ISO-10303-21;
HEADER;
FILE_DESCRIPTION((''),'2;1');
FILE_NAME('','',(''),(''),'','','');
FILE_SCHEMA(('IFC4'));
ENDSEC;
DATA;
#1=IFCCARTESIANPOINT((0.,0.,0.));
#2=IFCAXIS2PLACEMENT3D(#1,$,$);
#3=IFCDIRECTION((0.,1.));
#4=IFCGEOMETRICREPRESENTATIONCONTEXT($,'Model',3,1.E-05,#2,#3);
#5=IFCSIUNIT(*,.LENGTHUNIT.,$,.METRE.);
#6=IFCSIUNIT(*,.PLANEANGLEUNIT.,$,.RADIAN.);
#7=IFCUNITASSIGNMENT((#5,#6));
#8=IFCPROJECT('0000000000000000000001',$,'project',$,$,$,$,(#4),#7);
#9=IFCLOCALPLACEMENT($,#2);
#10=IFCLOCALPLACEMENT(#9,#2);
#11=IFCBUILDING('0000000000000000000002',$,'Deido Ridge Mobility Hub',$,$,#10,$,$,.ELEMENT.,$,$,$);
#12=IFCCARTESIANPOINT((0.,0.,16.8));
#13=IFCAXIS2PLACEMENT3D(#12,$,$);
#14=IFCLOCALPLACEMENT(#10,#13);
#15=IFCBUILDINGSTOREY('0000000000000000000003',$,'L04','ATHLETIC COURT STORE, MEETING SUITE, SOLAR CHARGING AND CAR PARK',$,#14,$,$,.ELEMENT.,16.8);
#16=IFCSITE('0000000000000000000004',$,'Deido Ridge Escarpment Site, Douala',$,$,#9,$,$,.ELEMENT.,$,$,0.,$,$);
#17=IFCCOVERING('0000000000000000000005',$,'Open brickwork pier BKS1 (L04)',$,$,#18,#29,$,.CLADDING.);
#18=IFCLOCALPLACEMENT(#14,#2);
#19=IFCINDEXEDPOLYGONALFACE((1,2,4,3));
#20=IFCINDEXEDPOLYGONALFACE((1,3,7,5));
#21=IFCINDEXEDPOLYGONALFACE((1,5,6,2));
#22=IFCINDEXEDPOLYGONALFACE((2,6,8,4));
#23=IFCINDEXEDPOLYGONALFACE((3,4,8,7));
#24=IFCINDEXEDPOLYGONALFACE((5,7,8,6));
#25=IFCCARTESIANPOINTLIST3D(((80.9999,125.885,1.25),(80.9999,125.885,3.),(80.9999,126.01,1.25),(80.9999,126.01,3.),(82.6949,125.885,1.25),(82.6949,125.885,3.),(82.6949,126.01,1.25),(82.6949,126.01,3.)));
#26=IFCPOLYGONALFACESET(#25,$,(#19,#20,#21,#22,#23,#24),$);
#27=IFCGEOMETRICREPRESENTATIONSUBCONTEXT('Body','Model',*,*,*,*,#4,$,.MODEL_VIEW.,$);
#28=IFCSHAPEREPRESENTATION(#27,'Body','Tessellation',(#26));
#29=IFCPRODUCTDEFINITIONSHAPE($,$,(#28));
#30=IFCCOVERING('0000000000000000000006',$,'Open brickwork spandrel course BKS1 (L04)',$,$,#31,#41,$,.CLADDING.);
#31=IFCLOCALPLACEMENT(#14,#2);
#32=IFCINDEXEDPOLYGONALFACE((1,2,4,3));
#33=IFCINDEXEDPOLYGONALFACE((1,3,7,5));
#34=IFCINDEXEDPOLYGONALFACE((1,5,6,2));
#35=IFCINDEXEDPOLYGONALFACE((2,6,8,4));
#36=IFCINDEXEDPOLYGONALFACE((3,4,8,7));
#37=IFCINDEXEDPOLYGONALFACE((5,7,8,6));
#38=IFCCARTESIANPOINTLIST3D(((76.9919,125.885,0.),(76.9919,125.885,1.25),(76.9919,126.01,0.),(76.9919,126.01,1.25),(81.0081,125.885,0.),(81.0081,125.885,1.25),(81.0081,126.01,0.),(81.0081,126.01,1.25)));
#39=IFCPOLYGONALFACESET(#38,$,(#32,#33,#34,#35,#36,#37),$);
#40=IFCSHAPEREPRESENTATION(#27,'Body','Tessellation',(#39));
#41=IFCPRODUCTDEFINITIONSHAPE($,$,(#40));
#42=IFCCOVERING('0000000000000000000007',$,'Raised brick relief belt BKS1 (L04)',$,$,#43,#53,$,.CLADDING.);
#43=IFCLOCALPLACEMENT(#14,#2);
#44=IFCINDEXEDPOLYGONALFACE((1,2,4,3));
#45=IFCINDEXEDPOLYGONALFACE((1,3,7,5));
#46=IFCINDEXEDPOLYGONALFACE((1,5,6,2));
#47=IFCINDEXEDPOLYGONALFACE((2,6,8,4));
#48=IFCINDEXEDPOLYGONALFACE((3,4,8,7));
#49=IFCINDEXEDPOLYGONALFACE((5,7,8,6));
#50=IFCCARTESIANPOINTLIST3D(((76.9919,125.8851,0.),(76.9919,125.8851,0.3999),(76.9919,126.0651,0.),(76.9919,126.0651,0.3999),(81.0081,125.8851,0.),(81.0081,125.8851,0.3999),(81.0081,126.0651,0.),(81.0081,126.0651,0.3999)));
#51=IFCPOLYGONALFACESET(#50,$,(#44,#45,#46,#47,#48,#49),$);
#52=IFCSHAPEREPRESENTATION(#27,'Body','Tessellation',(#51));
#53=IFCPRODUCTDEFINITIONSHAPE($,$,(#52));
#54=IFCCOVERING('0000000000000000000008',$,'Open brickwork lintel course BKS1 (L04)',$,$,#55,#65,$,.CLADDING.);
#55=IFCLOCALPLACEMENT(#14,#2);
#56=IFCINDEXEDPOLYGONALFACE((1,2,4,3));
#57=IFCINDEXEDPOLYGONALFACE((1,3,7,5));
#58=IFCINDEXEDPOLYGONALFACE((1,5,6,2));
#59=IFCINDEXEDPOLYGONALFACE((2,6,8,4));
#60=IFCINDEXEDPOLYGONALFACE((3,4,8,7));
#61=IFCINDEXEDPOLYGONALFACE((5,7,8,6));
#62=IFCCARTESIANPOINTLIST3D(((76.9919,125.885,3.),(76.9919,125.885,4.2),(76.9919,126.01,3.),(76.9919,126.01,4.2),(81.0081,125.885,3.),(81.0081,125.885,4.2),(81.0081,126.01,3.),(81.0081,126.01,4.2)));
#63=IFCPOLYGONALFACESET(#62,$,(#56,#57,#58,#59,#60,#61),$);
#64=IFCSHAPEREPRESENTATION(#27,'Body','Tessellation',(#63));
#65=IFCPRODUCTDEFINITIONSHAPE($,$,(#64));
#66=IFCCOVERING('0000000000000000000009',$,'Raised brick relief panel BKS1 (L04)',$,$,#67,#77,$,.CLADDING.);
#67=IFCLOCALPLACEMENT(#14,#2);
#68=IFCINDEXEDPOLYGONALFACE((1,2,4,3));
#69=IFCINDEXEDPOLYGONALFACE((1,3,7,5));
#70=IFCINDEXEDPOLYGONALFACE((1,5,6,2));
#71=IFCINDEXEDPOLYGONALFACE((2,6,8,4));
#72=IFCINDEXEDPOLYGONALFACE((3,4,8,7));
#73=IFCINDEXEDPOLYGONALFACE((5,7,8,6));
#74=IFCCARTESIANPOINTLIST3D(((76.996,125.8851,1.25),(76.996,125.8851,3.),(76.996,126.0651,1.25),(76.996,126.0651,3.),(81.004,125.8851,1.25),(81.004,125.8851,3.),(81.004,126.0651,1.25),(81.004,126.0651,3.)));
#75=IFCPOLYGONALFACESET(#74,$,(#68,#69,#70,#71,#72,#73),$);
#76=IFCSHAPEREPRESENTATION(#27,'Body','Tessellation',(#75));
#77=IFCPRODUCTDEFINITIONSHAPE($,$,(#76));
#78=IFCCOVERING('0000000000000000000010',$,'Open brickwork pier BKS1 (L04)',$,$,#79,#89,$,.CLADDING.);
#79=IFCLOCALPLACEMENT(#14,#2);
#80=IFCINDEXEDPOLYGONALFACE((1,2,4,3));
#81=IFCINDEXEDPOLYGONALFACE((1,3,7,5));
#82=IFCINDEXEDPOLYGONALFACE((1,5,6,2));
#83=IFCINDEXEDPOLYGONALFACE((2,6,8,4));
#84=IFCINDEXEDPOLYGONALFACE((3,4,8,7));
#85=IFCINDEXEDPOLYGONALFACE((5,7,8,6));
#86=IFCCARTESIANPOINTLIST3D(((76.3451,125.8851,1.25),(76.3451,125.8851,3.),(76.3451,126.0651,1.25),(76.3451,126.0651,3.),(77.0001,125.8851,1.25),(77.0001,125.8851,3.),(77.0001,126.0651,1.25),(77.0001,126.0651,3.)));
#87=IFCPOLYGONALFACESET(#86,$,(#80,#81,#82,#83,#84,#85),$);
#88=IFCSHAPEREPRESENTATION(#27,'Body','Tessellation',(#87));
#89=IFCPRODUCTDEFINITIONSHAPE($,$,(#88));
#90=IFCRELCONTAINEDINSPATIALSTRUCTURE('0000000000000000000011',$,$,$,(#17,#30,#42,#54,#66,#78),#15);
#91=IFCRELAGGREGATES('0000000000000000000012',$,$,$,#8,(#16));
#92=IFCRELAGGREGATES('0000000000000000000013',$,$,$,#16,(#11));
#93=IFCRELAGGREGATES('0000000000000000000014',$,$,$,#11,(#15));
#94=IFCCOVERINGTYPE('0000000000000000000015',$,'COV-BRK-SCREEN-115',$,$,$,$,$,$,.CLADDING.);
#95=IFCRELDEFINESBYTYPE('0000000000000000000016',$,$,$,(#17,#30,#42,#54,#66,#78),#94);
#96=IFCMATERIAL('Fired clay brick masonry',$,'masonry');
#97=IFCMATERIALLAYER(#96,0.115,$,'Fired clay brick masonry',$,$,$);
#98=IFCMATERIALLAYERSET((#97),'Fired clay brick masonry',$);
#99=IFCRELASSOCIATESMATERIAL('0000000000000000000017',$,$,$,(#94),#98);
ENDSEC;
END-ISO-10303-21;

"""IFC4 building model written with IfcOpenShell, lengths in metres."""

from ifc_helpers import new_model, si_unit, direction, frame, origin, origin_2d, place, context, subcontext, project, spatial, rectangle, extrude, material, layer, layer_set, type_object, element, save


model = new_model("IFC4")

# Units and contexts
model_context = context("Model", 3, precision=1e-05, world=origin(), true_north=direction((0.0, 1.0)))
body_context = subcontext(model_context, "Body", "Model", "MODEL_VIEW")
ifc_project = project(units=[si_unit("LENGTHUNIT", "METRE"), si_unit("PLANEANGLEUNIT", "RADIAN")], contexts=[model_context])

# Site, building, storey
site_placement = place(None, origin())
site = spatial("IfcSite", under=ifc_project, at=site_placement, Name="Deido Ridge Escarpment Site, Douala", CompositionType="ELEMENT", RefElevation=0.0)
building_placement = place(site_placement, origin())
building = spatial("IfcBuilding", under=site, at=building_placement, Name="Deido Ridge Mobility Hub", CompositionType="ELEMENT")
storey_placement = place(building_placement, frame((0.0, 0.0, 16.8)))
storey = spatial("IfcBuildingStorey", under=building, at=storey_placement, Name="L04", Description="ATHLETIC COURT STORE, MEETING SUITE, SOLAR CHARGING AND CAR PARK", CompositionType="ELEMENT", Elevation=16.8)

# Coverings
ifc_material_1 = material(Name="Fired clay brick masonry", Category="masonry")
ifc_layer = layer(ifc_material_1, 0.115, Name="Fired clay brick masonry")
ifc_layer_set = layer_set([ifc_layer], Name="Fired clay brick masonry")
covering_type = type_object("IfcCoveringType", Name="COV-BRK-SCREEN-115", PredefinedType="CLADDING", material=ifc_layer_set)
covering_1_placement = place(storey_placement, frame((81.8474, 125.9475, 1.25), z_axis=(0.0, 0.0, 1.0), x_axis=(-1.0, 0.0, 0.0)))
element("IfcCovering", 1, at=covering_1_placement, inside=storey, type_object=covering_type, Name="Open brickwork pier BKS1 (L04)", PredefinedType="CLADDING", context=body_context, shape_type="SweptSolid", body=[
    extrude(rectangle(XDim=1.6951, YDim=0.125, at=origin_2d()), origin(), (0.0, 0.0, 1.0), 1.75),
])
covering_2_placement = place(storey_placement, frame((79.0, 125.9475, 0.0), z_axis=(0.0, 0.0, 1.0), x_axis=(-1.0, 0.0, 0.0)))
element("IfcCovering", 2, at=covering_2_placement, inside=storey, type_object=covering_type, Name="Open brickwork spandrel course BKS1 (L04)", PredefinedType="CLADDING", context=body_context, shape_type="SweptSolid", body=[
    extrude(rectangle(XDim=4.0161, YDim=0.125, at=origin_2d()), origin(), (0.0, 0.0, 1.0), 1.25),
])
covering_3_placement = place(storey_placement, frame((79.0, 125.9751, 0.0), z_axis=(0.0, 0.0, 1.0), x_axis=(-1.0, 0.0, 0.0)))
element("IfcCovering", 3, at=covering_3_placement, inside=storey, type_object=covering_type, Name="Raised brick relief belt BKS1 (L04)", PredefinedType="CLADDING", context=body_context, shape_type="SweptSolid", body=[
    extrude(rectangle(XDim=4.0161, YDim=0.1799, at=origin_2d()), origin(), (0.0, 0.0, 1.0), 0.3999),
])
covering_4_placement = place(storey_placement, frame((79.0, 125.9475, 3.0), z_axis=(0.0, 0.0, 1.0), x_axis=(-1.0, 0.0, 0.0)))
element("IfcCovering", 4, at=covering_4_placement, inside=storey, type_object=covering_type, Name="Open brickwork lintel course BKS1 (L04)", PredefinedType="CLADDING", context=body_context, shape_type="SweptSolid", body=[
    extrude(rectangle(XDim=4.0161, YDim=0.125, at=origin_2d()), origin(), (0.0, 0.0, 1.0), 1.2),
])
covering_5_placement = place(storey_placement, frame((79.0, 125.9751, 1.25), z_axis=(0.0, 0.0, 1.0), x_axis=(-1.0, 0.0, 0.0)))
element("IfcCovering", 5, at=covering_5_placement, inside=storey, type_object=covering_type, Name="Raised brick relief panel BKS1 (L04)", PredefinedType="CLADDING", context=body_context, shape_type="SweptSolid", body=[
    extrude(rectangle(XDim=4.0081, YDim=0.1799, at=origin_2d()), origin(), (0.0, 0.0, 1.0), 1.75),
])
covering_6_placement = place(storey_placement, frame((76.6726, 125.9751, 1.25), z_axis=(0.0, 0.0, 1.0), x_axis=(-1.0, 0.0, 0.0)))
element("IfcCovering", 6, at=covering_6_placement, inside=storey, type_object=covering_type, Name="Open brickwork pier BKS1 (L04)", PredefinedType="CLADDING", context=body_context, shape_type="SweptSolid", body=[
    extrude(rectangle(XDim=0.655, YDim=0.1799, at=origin_2d()), origin(), (0.0, 0.0, 1.0), 1.75),
])

save(model, "model.ifc")
